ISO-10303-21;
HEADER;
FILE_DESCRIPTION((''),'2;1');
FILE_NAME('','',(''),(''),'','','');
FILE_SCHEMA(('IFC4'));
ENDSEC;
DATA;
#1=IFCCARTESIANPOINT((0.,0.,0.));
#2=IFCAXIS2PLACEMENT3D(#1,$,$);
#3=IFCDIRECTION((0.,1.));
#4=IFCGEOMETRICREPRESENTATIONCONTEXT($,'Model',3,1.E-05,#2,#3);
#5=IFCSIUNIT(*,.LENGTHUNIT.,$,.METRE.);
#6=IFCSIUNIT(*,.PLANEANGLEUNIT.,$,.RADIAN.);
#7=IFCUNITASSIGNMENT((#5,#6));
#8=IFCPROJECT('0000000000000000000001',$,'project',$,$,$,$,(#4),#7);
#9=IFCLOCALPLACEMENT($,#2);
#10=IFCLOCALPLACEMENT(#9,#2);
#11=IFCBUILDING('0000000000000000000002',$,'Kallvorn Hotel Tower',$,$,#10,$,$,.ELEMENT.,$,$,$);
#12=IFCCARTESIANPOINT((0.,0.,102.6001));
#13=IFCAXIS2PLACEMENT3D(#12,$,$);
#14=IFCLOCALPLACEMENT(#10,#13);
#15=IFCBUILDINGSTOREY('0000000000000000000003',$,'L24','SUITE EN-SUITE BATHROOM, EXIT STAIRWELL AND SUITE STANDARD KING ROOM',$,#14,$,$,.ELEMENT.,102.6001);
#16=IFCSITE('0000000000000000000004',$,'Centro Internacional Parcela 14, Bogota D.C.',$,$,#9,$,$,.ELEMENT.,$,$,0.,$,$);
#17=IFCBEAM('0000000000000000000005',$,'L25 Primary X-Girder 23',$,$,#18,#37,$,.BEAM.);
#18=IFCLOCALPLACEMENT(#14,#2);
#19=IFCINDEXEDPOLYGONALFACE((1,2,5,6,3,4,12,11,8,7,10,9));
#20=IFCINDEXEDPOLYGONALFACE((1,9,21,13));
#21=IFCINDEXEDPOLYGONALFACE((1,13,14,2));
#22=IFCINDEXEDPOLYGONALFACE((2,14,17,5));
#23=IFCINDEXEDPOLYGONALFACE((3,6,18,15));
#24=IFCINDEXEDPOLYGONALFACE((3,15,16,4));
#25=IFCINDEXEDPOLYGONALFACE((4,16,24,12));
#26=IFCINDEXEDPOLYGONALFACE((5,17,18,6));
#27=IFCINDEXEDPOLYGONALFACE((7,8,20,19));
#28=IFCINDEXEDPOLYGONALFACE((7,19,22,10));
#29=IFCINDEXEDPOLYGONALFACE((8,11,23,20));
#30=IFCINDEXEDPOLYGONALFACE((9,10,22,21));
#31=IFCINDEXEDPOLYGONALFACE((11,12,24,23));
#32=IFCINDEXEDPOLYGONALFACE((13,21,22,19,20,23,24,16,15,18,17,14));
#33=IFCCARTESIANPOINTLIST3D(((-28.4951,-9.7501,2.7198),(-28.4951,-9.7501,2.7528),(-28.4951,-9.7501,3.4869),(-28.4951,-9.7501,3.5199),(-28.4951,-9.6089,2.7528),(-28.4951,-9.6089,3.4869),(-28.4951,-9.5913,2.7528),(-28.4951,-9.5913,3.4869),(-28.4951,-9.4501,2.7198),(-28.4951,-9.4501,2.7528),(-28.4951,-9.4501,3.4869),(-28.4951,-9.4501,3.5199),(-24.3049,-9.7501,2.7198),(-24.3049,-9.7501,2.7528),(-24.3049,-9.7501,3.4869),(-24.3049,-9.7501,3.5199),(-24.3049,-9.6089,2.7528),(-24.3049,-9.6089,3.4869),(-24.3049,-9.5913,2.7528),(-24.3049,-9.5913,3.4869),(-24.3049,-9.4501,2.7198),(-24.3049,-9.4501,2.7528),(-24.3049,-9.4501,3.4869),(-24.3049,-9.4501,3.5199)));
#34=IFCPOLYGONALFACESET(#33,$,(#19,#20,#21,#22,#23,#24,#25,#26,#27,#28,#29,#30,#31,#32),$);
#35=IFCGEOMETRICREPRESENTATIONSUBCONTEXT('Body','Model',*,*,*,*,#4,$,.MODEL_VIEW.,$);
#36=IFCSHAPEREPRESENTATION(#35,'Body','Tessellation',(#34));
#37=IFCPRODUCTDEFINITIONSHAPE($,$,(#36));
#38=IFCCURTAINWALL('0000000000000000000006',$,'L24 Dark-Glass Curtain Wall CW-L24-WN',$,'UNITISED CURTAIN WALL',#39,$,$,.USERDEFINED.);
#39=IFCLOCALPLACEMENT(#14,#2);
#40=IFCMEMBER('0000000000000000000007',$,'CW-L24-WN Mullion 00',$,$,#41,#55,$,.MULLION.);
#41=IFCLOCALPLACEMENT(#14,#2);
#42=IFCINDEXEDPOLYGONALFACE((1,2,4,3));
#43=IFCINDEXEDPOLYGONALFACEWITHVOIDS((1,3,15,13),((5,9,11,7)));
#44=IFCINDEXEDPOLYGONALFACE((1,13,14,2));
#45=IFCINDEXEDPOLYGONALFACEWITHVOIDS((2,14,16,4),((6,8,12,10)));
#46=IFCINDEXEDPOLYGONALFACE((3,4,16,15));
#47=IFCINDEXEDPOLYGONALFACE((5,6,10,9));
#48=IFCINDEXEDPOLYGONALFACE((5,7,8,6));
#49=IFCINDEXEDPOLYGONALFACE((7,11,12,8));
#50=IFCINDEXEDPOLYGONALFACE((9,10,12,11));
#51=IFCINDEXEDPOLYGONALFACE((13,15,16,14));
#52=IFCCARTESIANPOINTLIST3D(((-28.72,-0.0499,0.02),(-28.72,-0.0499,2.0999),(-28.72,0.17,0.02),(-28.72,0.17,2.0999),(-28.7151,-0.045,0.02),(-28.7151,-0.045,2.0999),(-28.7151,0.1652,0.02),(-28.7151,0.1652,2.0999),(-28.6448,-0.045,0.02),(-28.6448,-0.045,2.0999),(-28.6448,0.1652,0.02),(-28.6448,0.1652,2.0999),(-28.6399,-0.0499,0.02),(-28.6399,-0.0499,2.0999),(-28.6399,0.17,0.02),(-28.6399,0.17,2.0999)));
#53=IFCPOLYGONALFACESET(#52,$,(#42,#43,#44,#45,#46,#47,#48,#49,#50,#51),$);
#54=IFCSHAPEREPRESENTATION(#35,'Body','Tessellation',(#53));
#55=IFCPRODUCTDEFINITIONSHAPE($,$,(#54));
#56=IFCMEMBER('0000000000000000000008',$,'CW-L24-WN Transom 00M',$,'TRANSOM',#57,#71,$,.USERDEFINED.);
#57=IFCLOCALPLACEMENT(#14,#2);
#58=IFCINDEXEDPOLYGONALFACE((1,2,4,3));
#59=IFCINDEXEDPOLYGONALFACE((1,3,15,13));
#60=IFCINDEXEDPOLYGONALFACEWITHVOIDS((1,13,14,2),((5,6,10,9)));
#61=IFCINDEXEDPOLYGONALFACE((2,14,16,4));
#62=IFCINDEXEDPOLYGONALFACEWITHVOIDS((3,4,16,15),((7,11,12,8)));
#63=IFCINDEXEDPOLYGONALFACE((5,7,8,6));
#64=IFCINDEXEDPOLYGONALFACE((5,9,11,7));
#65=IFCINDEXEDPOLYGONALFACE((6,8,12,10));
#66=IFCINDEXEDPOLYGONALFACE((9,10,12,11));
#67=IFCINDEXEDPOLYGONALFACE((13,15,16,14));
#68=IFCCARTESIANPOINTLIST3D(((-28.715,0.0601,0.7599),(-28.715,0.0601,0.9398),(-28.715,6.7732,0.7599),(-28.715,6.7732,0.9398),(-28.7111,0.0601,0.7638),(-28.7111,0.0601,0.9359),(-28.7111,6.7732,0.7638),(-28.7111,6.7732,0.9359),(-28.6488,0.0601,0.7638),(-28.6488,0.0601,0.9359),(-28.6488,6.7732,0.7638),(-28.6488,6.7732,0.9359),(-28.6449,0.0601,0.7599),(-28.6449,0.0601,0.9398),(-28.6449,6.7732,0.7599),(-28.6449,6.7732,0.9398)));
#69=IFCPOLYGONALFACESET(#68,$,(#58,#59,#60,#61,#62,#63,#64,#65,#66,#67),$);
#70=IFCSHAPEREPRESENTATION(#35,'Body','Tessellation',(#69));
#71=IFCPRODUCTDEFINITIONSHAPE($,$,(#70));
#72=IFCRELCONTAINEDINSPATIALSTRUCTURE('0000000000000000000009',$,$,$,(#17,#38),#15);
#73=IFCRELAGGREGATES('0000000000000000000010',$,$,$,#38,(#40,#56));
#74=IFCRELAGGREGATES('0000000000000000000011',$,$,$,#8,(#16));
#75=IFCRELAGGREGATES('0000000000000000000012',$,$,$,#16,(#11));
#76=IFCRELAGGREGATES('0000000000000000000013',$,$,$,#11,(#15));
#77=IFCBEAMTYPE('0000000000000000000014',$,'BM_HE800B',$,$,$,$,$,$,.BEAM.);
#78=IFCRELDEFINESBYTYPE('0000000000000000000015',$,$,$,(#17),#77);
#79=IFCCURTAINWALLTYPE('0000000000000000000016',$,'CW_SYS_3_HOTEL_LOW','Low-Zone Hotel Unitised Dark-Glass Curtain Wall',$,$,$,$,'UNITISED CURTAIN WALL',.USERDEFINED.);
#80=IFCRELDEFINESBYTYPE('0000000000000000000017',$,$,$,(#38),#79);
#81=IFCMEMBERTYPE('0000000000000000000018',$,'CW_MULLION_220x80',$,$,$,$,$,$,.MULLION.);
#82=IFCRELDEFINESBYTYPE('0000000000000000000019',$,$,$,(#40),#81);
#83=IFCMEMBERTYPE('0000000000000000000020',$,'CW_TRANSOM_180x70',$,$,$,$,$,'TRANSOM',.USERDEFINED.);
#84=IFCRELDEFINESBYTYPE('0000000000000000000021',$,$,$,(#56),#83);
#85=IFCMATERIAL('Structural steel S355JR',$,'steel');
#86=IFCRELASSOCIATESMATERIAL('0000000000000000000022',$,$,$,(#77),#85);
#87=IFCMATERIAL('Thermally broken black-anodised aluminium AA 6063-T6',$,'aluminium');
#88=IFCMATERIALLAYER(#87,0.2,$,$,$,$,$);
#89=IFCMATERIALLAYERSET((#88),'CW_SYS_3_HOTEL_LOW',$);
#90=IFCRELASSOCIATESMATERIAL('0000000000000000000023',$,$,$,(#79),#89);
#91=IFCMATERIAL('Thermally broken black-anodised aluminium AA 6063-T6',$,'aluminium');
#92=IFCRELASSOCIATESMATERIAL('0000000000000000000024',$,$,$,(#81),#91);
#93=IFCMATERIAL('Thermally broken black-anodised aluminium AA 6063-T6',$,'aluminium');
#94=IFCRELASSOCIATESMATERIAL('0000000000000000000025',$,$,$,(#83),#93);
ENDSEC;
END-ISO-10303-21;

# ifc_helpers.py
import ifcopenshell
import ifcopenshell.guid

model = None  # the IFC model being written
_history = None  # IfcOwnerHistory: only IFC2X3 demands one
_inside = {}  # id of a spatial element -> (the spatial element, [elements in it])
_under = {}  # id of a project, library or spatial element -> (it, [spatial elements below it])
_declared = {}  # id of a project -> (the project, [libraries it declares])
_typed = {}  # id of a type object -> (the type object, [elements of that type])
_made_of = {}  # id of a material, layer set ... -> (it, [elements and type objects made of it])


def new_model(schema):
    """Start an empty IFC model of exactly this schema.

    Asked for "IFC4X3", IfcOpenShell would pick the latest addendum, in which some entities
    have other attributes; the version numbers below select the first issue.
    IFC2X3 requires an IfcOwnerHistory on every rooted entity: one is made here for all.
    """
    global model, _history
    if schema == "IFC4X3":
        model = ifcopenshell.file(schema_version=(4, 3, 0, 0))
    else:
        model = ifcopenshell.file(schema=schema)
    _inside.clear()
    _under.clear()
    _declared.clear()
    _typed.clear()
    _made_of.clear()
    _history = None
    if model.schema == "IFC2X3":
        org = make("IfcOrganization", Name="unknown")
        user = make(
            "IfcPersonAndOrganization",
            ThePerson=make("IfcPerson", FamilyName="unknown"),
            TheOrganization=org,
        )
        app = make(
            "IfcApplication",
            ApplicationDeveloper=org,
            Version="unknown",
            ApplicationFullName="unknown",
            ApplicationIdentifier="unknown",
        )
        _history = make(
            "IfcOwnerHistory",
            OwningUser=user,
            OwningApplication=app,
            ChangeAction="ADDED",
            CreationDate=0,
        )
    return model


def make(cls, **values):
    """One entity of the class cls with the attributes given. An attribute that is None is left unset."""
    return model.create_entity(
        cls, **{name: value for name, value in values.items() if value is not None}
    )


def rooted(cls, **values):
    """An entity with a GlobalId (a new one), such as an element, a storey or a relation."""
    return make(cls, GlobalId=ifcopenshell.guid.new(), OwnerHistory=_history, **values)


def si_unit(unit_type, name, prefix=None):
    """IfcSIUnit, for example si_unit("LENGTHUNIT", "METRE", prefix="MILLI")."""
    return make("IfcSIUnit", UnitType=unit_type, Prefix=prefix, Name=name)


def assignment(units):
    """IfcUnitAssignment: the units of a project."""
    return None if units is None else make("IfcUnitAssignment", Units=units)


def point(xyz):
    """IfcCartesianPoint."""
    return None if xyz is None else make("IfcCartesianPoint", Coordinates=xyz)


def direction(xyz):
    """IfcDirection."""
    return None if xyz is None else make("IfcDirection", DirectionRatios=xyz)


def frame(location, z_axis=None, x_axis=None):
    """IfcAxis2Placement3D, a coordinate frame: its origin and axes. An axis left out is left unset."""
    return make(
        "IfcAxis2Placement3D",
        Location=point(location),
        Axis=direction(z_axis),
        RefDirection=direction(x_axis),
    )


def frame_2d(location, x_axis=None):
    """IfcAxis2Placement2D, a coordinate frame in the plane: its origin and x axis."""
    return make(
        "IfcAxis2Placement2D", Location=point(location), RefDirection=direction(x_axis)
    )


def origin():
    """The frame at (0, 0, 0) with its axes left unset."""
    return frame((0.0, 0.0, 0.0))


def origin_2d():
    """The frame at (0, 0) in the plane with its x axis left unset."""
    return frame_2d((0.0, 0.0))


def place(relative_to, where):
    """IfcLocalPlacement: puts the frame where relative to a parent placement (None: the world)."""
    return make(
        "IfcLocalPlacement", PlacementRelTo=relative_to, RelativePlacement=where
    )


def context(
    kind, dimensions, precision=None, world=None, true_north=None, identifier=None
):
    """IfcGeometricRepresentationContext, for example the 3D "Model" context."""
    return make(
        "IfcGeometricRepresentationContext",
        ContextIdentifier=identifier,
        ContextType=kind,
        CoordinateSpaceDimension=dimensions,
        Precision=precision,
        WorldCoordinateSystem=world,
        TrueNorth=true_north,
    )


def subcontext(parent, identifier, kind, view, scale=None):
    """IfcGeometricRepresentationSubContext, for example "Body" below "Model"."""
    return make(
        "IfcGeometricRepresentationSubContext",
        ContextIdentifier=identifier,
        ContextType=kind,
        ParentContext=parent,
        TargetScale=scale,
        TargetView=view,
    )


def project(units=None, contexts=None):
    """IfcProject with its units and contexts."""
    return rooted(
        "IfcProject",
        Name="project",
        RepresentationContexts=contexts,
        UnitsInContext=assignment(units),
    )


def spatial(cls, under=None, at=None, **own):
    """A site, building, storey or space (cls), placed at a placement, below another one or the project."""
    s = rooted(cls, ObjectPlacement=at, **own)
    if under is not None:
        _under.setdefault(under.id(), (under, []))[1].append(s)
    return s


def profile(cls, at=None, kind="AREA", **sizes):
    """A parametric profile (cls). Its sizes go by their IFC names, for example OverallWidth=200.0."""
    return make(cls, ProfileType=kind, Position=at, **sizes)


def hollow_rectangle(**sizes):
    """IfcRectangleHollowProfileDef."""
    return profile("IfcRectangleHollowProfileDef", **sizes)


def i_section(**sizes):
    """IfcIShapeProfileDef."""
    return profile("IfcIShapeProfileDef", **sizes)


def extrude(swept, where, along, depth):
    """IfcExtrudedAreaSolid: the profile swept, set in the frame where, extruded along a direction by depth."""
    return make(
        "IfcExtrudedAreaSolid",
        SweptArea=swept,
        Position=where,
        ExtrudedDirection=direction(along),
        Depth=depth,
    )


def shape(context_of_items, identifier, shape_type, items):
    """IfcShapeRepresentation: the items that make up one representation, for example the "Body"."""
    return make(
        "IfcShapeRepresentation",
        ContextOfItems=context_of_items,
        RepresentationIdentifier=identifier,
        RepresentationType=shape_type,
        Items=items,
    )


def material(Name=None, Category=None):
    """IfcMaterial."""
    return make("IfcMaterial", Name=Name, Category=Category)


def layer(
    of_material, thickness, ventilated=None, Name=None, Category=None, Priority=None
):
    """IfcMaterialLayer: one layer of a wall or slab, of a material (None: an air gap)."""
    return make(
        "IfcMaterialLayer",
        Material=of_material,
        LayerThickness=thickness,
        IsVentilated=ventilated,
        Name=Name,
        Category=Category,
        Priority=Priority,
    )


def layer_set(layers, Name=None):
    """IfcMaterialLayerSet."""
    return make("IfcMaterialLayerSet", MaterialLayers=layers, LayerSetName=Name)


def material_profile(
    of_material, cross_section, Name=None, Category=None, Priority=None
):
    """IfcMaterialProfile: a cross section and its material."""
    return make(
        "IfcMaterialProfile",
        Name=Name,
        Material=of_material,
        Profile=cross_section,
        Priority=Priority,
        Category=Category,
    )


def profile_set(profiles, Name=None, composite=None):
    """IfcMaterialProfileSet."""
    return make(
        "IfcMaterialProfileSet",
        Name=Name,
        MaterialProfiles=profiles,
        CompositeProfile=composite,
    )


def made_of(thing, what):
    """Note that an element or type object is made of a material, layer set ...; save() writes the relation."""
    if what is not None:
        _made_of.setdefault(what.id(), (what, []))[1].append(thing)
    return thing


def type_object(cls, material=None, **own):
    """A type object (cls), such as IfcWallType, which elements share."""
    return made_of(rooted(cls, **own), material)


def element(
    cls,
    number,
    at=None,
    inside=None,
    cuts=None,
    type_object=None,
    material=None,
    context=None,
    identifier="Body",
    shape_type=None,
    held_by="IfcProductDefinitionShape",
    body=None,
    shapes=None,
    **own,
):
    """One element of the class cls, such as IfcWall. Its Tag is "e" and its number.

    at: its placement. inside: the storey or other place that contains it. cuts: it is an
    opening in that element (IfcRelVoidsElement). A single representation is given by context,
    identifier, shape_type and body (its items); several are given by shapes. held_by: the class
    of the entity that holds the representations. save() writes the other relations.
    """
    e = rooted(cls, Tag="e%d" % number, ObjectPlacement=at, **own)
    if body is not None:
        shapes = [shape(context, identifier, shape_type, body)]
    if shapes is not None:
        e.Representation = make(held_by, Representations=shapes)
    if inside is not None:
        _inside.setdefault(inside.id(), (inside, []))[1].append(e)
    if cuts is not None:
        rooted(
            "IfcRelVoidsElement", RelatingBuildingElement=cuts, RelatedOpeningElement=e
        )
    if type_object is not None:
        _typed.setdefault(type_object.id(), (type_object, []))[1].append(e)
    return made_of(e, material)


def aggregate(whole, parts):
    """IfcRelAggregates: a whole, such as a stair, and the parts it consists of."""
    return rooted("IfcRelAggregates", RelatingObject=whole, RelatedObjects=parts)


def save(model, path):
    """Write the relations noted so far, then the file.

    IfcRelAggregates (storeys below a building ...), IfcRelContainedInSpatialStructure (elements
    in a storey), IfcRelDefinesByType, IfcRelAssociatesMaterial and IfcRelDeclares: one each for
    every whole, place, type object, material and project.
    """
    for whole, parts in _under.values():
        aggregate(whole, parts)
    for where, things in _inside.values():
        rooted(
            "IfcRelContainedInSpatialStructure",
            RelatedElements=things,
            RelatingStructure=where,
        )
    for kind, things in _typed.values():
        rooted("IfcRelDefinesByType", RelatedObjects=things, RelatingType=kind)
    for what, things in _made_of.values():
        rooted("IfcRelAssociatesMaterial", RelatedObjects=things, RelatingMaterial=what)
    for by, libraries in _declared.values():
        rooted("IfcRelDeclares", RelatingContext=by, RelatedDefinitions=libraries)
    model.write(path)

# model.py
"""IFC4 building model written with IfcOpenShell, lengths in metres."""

from ifc_helpers import new_model, si_unit, direction, frame, origin, origin_2d, place, context, subcontext, project, spatial, hollow_rectangle, i_section, extrude, material, layer, layer_set, material_profile, profile_set, type_object, element, aggregate, save


model = new_model("IFC4")

# Units and contexts
model_context = context("Model", 3, precision=1e-05, world=origin(), true_north=direction((0.0, 1.0)))
body_context = subcontext(model_context, "Body", "Model", "MODEL_VIEW")
ifc_project = project(units=[si_unit("LENGTHUNIT", "METRE"), si_unit("PLANEANGLEUNIT", "RADIAN")], contexts=[model_context])

# Site, building, storey
site_placement = place(None, origin())
site = spatial("IfcSite", under=ifc_project, at=site_placement, Name="Centro Internacional Parcela 14, Bogota D.C.", CompositionType="ELEMENT", RefElevation=0.0)
building_placement = place(site_placement, origin())
building = spatial("IfcBuilding", under=site, at=building_placement, Name="Kallvorn Hotel Tower", CompositionType="ELEMENT")
storey_placement = place(building_placement, frame((0.0, 0.0, 102.6001)))
storey = spatial("IfcBuildingStorey", under=building, at=storey_placement, Name="L24", Description="SUITE EN-SUITE BATHROOM, EXIT STAIRWELL AND SUITE STANDARD KING ROOM", CompositionType="ELEMENT", Elevation=102.6001)

# Beam
ifc_material_1 = material(Name="Structural steel S355JR", Category="steel")
ifc_material_profile_1 = material_profile(ifc_material_1, i_section(OverallWidth=0.3, OverallDepth=0.8, WebThickness=0.0176, FlangeThickness=0.033, at=origin_2d()), Name="HE 800 B")
ifc_profile_set_1 = profile_set([ifc_material_profile_1], Name="Structural steel S355JR")
beam_type_1 = type_object("IfcBeamType", Name="BM_HE800B", PredefinedType="BEAM", material=ifc_profile_set_1)
beam_1_placement = place(storey_placement, frame((-28.4951, -9.6001, 3.1199), z_axis=(1.0, 0.0, 0.0), x_axis=(0.0, 1.0, 0.0)))
element("IfcBeam", 1, at=beam_1_placement, inside=storey, type_object=beam_type_1, Name="L25 Primary X-Girder 23", PredefinedType="BEAM", context=body_context, shape_type="SweptSolid", body=[
    extrude(i_section(OverallWidth=0.3, OverallDepth=0.8, WebThickness=0.0176, FlangeThickness=0.033, at=origin_2d()), origin(), (0.0, 0.0, 1.0), 4.1902),
])

# Curtain wall, members
ifc_material_2 = material(Name="Thermally broken black-anodised aluminium AA 6063-T6", Category="aluminium")
ifc_layer_1 = layer(ifc_material_2, 0.2)
ifc_layer_set_1 = layer_set([ifc_layer_1], Name="CW_SYS_3_HOTEL_LOW")
curtain_wall_type = type_object("IfcCurtainWallType", Name="CW_SYS_3_HOTEL_LOW", Description="Low-Zone Hotel Unitised Dark-Glass Curtain Wall", ElementType="UNITISED CURTAIN WALL", PredefinedType="USERDEFINED", material=ifc_layer_set_1)
curtain_wall_placement = place(storey_placement, origin())
curtain_wall = element("IfcCurtainWall", 2, at=curtain_wall_placement, inside=storey, type_object=curtain_wall_type, Name="L24 Dark-Glass Curtain Wall CW-L24-WN", ObjectType="UNITISED CURTAIN WALL", PredefinedType="USERDEFINED")
ifc_material_3 = material(Name="Thermally broken black-anodised aluminium AA 6063-T6", Category="aluminium")
ifc_material_profile_2 = material_profile(ifc_material_3, hollow_rectangle(XDim=0.0801, YDim=0.22, WallThickness=0.0049, at=origin_2d()), Name="MUL 220x80")
ifc_profile_set_2 = profile_set([ifc_material_profile_2], Name="Thermally broken black-anodised aluminium AA 6063-T6")
member_type_1 = type_object("IfcMemberType", Name="CW_MULLION_220x80", PredefinedType="MULLION", material=ifc_profile_set_2)
member_1_placement = place(storey_placement, frame((-28.6799, 0.0601, 0.02), z_axis=(0.0, 0.0, 1.0), x_axis=(1.0, 0.0, 0.0)))
member_1 = element("IfcMember", 3, at=member_1_placement, type_object=member_type_1, Name="CW-L24-WN Mullion 00", PredefinedType="MULLION", context=body_context, shape_type="SweptSolid", body=[
    extrude(hollow_rectangle(XDim=0.0801, YDim=0.22, WallThickness=0.0049, at=origin_2d()), origin(), (0.0, 0.0, 1.0), 2.0798),
])
ifc_material_4 = material(Name="Thermally broken black-anodised aluminium AA 6063-T6", Category="aluminium")
ifc_material_profile_3 = material_profile(ifc_material_4, hollow_rectangle(XDim=0.0701, YDim=0.1799, WallThickness=0.0039, at=origin_2d()), Name="TRN 180x70")
ifc_profile_set_3 = profile_set([ifc_material_profile_3], Name="Thermally broken black-anodised aluminium AA 6063-T6")
member_type_2 = type_object("IfcMemberType", Name="CW_TRANSOM_180x70", ElementType="TRANSOM", PredefinedType="USERDEFINED", material=ifc_profile_set_3)
member_2_placement = place(storey_placement, frame((-28.6799, 0.0601, 0.8499), z_axis=(0.0, 1.0, 0.0), x_axis=(-1.0, 0.0, 0.0)))
member_2 = element("IfcMember", 4, at=member_2_placement, type_object=member_type_2, Name="CW-L24-WN Transom 00M", ObjectType="TRANSOM", PredefinedType="USERDEFINED", context=body_context, shape_type="SweptSolid", body=[
    extrude(hollow_rectangle(XDim=0.0701, YDim=0.1799, WallThickness=0.0039, at=origin_2d()), origin(), (0.0, 0.0, 1.0), 6.7131),
])
aggregate(curtain_wall, [member_1, member_2])

save(model, "model.ifc")
